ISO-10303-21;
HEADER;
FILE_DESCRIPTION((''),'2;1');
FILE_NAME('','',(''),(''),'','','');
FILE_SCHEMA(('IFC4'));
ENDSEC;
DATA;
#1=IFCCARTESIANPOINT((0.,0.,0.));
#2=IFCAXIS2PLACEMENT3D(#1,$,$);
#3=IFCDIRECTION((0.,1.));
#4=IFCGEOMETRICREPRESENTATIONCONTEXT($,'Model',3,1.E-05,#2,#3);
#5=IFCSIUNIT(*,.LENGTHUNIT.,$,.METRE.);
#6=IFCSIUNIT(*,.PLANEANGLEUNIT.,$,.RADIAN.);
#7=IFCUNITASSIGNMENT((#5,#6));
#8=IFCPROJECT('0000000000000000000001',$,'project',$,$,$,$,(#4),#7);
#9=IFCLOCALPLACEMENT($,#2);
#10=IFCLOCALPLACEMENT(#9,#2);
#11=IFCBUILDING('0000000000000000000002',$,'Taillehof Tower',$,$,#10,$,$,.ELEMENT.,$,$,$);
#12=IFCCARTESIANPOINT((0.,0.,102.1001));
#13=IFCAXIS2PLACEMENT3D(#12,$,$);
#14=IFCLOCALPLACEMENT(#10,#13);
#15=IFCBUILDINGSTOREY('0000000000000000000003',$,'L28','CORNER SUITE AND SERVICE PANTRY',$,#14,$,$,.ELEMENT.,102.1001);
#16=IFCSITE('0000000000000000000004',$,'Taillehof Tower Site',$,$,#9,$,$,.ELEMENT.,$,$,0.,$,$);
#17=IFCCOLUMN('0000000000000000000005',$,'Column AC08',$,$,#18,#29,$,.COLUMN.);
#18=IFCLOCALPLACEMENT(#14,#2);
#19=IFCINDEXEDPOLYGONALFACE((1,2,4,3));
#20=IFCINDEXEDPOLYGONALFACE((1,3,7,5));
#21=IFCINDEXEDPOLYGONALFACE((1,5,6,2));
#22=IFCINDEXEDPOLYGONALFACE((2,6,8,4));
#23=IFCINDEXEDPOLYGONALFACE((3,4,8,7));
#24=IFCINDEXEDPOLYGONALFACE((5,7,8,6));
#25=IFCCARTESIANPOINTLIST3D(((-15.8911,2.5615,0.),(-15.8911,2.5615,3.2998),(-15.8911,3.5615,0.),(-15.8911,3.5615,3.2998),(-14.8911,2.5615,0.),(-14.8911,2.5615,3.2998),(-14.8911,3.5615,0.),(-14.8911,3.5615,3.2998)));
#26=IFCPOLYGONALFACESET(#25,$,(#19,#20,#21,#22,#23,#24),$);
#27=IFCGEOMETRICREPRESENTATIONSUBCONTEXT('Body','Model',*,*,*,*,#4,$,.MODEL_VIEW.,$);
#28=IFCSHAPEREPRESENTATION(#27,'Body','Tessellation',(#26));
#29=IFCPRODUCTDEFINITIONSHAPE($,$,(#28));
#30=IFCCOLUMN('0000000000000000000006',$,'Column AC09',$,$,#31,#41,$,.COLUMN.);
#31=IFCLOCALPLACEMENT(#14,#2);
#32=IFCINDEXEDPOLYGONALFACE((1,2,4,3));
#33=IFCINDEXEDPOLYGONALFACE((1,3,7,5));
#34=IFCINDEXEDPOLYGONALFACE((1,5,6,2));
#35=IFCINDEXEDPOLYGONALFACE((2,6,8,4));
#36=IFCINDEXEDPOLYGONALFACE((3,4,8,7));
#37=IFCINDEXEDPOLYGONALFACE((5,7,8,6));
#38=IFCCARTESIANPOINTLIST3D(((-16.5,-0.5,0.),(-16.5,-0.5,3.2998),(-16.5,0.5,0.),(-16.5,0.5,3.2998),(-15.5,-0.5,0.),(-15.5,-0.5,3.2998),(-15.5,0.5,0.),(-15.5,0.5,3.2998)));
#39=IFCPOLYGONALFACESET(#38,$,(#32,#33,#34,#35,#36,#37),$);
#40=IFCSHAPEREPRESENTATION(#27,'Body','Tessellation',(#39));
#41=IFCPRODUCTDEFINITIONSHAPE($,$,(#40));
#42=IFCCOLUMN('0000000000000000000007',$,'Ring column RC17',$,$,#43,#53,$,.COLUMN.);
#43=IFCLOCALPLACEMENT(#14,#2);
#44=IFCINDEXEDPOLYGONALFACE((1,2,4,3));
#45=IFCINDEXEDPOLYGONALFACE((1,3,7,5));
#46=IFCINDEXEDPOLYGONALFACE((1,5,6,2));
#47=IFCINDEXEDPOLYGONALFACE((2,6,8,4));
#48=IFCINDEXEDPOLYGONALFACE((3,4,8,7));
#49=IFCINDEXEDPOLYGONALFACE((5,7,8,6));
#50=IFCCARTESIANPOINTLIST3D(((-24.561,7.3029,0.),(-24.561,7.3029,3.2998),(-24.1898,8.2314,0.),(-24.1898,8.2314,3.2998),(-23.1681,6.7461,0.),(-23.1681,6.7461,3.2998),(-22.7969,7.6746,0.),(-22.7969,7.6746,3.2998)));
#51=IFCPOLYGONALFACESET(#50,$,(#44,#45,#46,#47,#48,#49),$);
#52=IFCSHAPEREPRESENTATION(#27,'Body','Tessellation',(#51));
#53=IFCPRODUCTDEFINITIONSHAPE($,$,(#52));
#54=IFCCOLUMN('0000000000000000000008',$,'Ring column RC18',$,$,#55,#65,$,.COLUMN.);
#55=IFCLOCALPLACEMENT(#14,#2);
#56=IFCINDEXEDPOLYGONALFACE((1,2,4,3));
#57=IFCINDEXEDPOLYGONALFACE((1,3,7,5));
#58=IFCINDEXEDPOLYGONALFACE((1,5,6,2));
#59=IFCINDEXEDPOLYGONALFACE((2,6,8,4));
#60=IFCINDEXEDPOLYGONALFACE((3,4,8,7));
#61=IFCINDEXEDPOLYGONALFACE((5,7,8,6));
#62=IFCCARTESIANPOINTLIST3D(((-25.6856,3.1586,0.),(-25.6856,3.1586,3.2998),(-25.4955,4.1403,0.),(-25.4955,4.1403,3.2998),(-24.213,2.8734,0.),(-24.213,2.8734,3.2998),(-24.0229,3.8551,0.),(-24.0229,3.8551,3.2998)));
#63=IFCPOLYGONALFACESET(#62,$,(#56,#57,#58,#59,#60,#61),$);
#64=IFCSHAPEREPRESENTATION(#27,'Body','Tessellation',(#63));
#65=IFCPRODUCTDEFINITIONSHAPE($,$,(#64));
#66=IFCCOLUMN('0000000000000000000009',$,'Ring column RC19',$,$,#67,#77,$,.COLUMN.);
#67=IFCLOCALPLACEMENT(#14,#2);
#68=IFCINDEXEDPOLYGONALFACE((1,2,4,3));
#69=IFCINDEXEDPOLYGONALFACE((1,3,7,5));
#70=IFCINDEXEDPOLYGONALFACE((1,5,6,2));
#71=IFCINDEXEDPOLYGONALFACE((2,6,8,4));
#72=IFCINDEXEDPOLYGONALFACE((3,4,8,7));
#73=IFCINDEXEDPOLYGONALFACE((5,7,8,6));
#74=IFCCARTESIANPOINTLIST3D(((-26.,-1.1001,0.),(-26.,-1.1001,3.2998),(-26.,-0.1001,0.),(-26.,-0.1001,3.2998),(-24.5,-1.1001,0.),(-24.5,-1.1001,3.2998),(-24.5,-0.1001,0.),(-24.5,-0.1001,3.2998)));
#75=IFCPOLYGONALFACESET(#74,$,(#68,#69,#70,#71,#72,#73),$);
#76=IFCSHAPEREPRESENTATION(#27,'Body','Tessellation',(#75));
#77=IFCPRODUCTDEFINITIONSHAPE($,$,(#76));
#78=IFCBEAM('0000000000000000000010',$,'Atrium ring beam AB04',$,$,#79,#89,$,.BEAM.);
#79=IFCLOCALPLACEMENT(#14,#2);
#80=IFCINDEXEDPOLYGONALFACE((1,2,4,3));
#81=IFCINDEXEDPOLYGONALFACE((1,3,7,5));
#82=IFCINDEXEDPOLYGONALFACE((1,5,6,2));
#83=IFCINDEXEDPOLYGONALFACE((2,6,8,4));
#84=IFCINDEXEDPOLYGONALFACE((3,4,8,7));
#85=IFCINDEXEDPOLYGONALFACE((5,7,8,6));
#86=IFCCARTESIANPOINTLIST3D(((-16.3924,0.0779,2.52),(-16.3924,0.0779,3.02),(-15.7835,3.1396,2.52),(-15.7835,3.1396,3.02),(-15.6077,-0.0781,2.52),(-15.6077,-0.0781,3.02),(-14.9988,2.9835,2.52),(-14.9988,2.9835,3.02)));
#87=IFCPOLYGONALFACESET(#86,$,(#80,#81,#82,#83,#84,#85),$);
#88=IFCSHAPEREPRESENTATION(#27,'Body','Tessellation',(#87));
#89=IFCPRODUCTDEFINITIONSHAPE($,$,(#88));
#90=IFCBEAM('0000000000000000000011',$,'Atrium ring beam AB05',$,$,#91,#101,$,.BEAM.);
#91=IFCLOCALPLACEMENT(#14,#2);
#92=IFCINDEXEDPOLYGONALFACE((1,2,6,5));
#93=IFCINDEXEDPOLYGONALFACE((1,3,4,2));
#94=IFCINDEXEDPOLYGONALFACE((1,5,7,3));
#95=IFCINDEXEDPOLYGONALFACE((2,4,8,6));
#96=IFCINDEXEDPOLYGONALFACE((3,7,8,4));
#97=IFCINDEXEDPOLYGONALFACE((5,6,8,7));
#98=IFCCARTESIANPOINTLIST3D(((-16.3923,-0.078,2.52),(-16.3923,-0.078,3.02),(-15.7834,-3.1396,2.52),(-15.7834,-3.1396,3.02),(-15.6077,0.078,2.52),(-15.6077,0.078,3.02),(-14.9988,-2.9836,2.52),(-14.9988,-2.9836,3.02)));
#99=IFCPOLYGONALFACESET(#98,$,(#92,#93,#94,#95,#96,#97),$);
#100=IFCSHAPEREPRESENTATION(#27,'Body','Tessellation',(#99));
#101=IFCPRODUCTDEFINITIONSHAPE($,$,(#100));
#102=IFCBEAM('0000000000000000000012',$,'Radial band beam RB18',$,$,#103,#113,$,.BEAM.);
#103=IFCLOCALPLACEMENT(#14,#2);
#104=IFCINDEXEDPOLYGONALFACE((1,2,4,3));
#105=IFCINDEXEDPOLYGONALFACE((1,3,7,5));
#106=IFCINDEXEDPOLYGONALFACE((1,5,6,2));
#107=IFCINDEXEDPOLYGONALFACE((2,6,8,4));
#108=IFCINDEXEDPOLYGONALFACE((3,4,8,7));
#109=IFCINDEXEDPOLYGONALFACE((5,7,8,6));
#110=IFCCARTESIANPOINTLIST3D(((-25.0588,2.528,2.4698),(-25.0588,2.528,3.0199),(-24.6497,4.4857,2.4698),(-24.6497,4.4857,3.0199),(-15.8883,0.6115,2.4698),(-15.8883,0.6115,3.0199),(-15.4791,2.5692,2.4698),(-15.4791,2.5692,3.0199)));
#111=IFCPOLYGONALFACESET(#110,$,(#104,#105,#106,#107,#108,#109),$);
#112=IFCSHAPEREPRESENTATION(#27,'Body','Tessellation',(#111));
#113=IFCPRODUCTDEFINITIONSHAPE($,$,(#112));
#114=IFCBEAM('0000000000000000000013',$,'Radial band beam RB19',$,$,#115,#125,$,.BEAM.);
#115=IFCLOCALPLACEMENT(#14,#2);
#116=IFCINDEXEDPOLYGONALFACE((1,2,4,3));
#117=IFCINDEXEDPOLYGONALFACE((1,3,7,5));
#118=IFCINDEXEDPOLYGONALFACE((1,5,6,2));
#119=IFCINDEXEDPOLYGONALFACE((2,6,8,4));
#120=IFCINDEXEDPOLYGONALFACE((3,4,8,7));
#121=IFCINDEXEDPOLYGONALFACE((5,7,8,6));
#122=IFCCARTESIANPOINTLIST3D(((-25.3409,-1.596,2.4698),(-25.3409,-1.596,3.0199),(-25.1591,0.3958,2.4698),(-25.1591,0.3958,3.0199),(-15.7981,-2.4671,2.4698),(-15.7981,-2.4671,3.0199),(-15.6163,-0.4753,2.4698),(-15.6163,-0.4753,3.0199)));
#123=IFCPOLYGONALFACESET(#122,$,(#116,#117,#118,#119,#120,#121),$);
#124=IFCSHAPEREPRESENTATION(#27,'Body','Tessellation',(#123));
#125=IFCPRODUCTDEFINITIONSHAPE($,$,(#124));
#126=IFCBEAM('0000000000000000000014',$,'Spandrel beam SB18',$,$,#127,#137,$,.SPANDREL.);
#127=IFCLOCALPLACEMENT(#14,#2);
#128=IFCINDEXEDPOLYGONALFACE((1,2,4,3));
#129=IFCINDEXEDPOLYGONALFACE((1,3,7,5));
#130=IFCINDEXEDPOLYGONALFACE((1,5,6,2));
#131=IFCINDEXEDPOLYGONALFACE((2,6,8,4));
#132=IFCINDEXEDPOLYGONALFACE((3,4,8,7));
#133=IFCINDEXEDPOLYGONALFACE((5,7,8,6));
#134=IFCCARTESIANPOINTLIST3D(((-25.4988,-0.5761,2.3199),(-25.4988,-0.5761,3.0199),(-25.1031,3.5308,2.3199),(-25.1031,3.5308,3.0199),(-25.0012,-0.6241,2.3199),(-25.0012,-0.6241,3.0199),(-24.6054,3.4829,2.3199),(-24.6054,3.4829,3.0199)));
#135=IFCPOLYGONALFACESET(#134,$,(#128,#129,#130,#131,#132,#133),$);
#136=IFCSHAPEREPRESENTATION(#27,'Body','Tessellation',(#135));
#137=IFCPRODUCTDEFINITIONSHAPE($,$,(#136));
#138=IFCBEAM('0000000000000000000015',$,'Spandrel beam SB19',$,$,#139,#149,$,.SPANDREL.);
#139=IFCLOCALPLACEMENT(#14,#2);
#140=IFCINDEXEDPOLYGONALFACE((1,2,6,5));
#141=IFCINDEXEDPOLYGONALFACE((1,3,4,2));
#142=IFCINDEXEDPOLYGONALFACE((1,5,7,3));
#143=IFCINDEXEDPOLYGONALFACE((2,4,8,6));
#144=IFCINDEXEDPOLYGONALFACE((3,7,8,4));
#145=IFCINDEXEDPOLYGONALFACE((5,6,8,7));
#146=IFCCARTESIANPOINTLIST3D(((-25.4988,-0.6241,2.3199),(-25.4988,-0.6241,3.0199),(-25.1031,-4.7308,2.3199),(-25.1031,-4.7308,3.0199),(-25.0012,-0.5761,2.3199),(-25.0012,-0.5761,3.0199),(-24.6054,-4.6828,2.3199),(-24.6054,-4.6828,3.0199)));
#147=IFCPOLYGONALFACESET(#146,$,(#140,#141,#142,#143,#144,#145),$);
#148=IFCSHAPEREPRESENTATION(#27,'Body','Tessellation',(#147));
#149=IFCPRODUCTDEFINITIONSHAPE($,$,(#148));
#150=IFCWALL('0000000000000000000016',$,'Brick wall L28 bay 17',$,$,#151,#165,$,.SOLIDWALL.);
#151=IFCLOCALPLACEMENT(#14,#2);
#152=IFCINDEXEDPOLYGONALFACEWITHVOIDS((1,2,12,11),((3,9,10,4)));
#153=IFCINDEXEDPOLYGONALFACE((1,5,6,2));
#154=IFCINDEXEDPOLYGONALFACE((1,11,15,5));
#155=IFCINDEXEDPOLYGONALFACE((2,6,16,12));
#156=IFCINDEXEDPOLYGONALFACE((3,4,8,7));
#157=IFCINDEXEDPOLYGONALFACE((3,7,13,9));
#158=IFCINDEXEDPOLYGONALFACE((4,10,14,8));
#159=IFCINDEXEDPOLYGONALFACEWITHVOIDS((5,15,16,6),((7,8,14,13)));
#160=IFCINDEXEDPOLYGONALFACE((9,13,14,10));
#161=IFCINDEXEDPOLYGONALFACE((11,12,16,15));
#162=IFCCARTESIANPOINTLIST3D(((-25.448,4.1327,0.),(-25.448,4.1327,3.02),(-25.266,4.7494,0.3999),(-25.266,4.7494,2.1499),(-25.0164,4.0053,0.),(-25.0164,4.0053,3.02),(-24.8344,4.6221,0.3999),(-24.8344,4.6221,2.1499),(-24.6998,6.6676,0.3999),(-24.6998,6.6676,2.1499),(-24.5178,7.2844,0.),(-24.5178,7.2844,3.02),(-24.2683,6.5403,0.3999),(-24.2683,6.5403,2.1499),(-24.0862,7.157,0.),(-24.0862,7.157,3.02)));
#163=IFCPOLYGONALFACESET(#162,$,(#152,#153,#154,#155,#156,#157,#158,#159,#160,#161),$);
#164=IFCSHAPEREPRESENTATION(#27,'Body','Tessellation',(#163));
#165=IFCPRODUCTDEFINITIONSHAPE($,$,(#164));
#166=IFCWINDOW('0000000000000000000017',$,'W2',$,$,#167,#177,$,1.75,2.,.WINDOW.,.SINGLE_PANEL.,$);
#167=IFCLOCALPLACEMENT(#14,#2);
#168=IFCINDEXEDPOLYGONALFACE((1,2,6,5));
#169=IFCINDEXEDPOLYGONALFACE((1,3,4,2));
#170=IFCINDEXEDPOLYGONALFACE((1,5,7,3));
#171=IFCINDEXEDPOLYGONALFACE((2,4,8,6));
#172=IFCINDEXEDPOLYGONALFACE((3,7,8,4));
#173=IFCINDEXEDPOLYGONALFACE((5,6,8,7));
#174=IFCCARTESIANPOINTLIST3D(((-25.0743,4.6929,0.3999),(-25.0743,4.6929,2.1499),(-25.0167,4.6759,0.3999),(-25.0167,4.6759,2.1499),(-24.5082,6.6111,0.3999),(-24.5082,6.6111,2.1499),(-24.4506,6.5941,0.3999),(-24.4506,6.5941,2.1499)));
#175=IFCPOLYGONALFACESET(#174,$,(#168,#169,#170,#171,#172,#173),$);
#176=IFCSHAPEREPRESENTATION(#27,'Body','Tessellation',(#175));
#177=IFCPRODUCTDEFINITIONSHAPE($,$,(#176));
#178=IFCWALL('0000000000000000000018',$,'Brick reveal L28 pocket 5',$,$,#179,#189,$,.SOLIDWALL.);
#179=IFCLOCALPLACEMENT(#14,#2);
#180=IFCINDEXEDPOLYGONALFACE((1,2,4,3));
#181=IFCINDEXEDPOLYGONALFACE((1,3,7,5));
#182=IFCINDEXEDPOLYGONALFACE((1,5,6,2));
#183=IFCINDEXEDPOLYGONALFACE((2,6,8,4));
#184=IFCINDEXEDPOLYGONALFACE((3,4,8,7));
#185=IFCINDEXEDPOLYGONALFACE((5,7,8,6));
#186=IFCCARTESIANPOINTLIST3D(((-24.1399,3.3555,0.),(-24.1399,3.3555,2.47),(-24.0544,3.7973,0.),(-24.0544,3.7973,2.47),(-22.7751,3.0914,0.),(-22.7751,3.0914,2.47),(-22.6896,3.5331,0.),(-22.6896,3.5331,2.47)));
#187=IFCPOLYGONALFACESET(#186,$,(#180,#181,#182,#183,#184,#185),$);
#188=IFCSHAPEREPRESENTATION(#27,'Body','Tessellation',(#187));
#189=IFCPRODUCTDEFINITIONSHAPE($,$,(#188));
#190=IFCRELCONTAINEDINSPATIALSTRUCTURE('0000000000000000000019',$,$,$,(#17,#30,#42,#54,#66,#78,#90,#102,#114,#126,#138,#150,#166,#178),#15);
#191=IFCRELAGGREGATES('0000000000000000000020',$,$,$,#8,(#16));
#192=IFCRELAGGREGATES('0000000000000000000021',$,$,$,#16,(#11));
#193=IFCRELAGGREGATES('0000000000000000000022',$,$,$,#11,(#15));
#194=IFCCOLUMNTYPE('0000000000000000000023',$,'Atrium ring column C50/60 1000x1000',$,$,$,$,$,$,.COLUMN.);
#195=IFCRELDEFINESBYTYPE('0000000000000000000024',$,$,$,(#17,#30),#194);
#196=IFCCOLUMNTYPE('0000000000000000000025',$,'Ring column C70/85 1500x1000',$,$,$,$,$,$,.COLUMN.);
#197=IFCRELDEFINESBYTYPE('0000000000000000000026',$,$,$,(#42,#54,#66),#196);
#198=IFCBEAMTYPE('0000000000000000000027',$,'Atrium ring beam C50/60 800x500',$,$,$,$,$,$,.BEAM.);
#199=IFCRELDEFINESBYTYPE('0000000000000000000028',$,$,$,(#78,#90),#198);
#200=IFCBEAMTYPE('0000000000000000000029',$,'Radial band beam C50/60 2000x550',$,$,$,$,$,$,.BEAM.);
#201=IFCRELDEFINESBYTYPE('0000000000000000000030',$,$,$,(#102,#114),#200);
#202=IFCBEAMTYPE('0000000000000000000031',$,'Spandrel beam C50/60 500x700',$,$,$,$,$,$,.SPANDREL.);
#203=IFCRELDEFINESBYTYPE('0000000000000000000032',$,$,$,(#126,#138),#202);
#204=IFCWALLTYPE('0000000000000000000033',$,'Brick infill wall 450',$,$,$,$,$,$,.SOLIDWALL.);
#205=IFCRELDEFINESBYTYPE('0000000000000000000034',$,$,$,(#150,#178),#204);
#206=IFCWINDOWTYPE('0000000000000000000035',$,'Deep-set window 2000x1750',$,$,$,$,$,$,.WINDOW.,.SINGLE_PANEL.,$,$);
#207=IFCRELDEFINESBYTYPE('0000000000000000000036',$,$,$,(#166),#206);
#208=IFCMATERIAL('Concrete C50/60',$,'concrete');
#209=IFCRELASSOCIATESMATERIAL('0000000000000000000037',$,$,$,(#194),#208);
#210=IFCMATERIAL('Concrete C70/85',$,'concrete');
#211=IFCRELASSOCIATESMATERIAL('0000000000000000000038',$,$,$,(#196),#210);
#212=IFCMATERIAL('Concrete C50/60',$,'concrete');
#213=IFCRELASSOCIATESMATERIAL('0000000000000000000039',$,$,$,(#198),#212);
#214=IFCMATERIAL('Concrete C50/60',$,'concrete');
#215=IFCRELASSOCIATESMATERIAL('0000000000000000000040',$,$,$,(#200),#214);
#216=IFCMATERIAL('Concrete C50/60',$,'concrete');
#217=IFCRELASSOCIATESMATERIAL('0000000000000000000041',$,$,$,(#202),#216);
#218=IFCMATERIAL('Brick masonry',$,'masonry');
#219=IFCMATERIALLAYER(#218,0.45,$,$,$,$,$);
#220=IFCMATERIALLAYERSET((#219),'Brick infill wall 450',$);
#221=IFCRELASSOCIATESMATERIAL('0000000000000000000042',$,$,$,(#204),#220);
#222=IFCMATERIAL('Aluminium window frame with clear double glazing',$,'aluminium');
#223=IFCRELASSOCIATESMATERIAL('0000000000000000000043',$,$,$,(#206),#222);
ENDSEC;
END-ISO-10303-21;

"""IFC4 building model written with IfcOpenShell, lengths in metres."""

from ifc_helpers import new_model, si_unit, direction, frame, frame_2d, origin, origin_2d, place, context, subcontext, project, spatial, rectangle, extrude, material, layer, layer_set, material_profile, profile_set, type_object, element, fill, save


model = new_model("IFC4")

# Units and contexts
model_context = context("Model", 3, precision=1e-05, world=origin(), true_north=direction((0.0, 1.0)))
body_context = subcontext(model_context, "Body", "Model", "MODEL_VIEW")
ifc_project = project(units=[si_unit("LENGTHUNIT", "METRE"), si_unit("PLANEANGLEUNIT", "RADIAN")], contexts=[model_context])

# Site, building, storey
site_placement = place(None, origin())
site = spatial("IfcSite", under=ifc_project, at=site_placement, Name="Taillehof Tower Site", CompositionType="ELEMENT", RefElevation=0.0)
building_placement = place(site_placement, origin())
building = spatial("IfcBuilding", under=site, at=building_placement, Name="Taillehof Tower", CompositionType="ELEMENT")
storey_placement = place(building_placement, frame((0.0, 0.0, 102.1001)))
storey = spatial("IfcBuildingStorey", under=building, at=storey_placement, Name="L28", Description="CORNER SUITE AND SERVICE PANTRY", CompositionType="ELEMENT", Elevation=102.1001)

# Columns
ifc_material_1 = material(Name="Concrete C50/60", Category="concrete")
ifc_material_profile_1 = material_profile(ifc_material_1, rectangle(XDim=1.0, YDim=1.0, at=origin_2d()), Name="RC 1000x1000")
ifc_profile_set_1 = profile_set([ifc_material_profile_1], Name="Concrete C50/60")
column_type_1 = type_object("IfcColumnType", Name="Atrium ring column C50/60 1000x1000", PredefinedType="COLUMN", material=ifc_profile_set_1)
for number, where, z_axis, x_axis, name in (
    (1, (-15.3911, 3.0615, 0.0), (0.0, 0.0, 1.0), (1.0, 0.0, 0.0), "Column AC08"),
    (2, (-16.0, 0.0, 0.0), (0.0, 0.0, 1.0), (1.0, 0.0, 0.0), "Column AC09"),
):
    element("IfcColumn", number, at=place(storey_placement, frame(where, z_axis=z_axis, x_axis=x_axis)), inside=storey, type_object=column_type_1, Name=name, PredefinedType="COLUMN", context=body_context, shape_type="SweptSolid", body=[
        extrude(rectangle(XDim=1.0, YDim=1.0, at=origin_2d()), origin(), (0.0, 0.0, 1.0), 3.2998),
    ])
ifc_material_2 = material(Name="Concrete C70/85", Category="concrete")
ifc_material_profile_2 = material_profile(ifc_material_2, rectangle(XDim=1.5, YDim=1.0, at=origin_2d()), Name="RC 1500x1000")
ifc_profile_set_2 = profile_set([ifc_material_profile_2], Name="Concrete C70/85")
column_type_2 = type_object("IfcColumnType", Name="Ring column C70/85 1500x1000", PredefinedType="COLUMN", material=ifc_profile_set_2)
for number, where, z_axis, x_axis, name in (
    (3, (-23.679, 7.4888, 0.0), (0.0, 0.0, 1.0), (-0.92855, 0.371207, 0.0), "Ring column RC17"),
    (4, (-24.8542, 3.5068, 0.0), (0.0, 0.0, 1.0), (-0.981757, 0.190138, 0.0), "Ring column RC18"),
    (5, (-25.25, -0.6001, 0.0), (0.0, 0.0, 1.0), (-1.0, 0.0, 0.0), "Ring column RC19"),
):
    element("IfcColumn", number, at=place(storey_placement, frame(where, z_axis=z_axis, x_axis=x_axis)), inside=storey, type_object=column_type_2, Name=name, PredefinedType="COLUMN", context=body_context, shape_type="SweptSolid", body=[
        extrude(rectangle(XDim=1.5, YDim=1.0, at=origin_2d()), origin(), (0.0, 0.0, 1.0), 3.2998),
    ])

# Beams
ifc_material_3 = material(Name="Concrete C50/60", Category="concrete")
ifc_material_profile_3 = material_profile(ifc_material_3, rectangle(XDim=0.8, YDim=0.5, at=origin_2d()), Name="RC 800x500")
ifc_profile_set_3 = profile_set([ifc_material_profile_3], Name="Concrete C50/60")
beam_type_1 = type_object("IfcBeamType", Name="Atrium ring beam C50/60 800x500", PredefinedType="BEAM", material=ifc_profile_set_3)
for number, where, z_axis, x_axis, name in (
    (6, (-15.3911, 3.0615, 2.77), (-0.195063, -0.980791, 0.0), (0.980791, -0.195063, 0.0), "Atrium ring beam AB04"),
    (7, (-16.0, 0.0, 2.77), (0.195063, -0.980791, 0.0), (0.980791, 0.195063, 0.0), "Atrium ring beam AB05"),
):
    element("IfcBeam", number, at=place(storey_placement, frame(where, z_axis=z_axis, x_axis=x_axis)), inside=storey, type_object=beam_type_1, Name=name, PredefinedType="BEAM", context=body_context, shape_type="SweptSolid", body=[
        extrude(rectangle(XDim=0.8, YDim=0.5, at=origin_2d()), origin(), (0.0, 0.0, 1.0), 3.1216),
    ])
ifc_material_4 = material(Name="Concrete C50/60", Category="concrete")
ifc_material_profile_4 = material_profile(ifc_material_4, rectangle(XDim=2.0, YDim=0.55, at=origin_2d()), Name="RC 2000x550")
ifc_profile_set_4 = profile_set([ifc_material_profile_4], Name="Concrete C50/60")
beam_type_2 = type_object("IfcBeamType", Name="Radial band beam C50/60 2000x550", PredefinedType="BEAM", material=ifc_profile_set_4)
beam_1_placement = place(storey_placement, frame((-24.8542, 3.5068, 2.7449), z_axis=(0.978853, -0.204563, 0.0), x_axis=(0.204563, 0.978853, 0.0)))
element("IfcBeam", 8, at=beam_1_placement, inside=storey, type_object=beam_type_2, Name="Radial band beam RB18", PredefinedType="BEAM", context=body_context, shape_type="SweptSolid", body=[
    extrude(rectangle(XDim=2.0, YDim=0.55, at=origin_2d()), origin(), (0.0, 0.0, 1.0), 9.3687),
])
beam_2_placement = place(storey_placement, frame((-25.25, -0.6001, 2.7449), z_axis=(0.99586, -0.090906, 0.0), x_axis=(0.090906, 0.99586, 0.0)))
element("IfcBeam", 9, at=beam_2_placement, inside=storey, type_object=beam_type_2, Name="Radial band beam RB19", PredefinedType="BEAM", context=body_context, shape_type="SweptSolid", body=[
    extrude(rectangle(XDim=2.0, YDim=0.55, at=origin_2d()), origin(), (0.0, 0.0, 1.0), 9.5825),
])
ifc_material_5 = material(Name="Concrete C50/60", Category="concrete")
ifc_material_profile_5 = material_profile(ifc_material_5, rectangle(XDim=0.5, YDim=0.7, at=origin_2d()), Name="RC 500x700")
ifc_profile_set_5 = profile_set([ifc_material_profile_5], Name="Concrete C50/60")
beam_type_3 = type_object("IfcBeamType", Name="Spandrel beam C50/60 500x700", PredefinedType="SPANDREL", material=ifc_profile_set_5)
beam_3_placement = place(storey_placement, frame((-24.8542, 3.5068, 2.6699), z_axis=(-0.095918, -0.995389, 0.0), x_axis=(0.995389, -0.095918, 0.0)))
element("IfcBeam", 10, at=beam_3_placement, inside=storey, type_object=beam_type_3, Name="Spandrel beam SB18", PredefinedType="SPANDREL", context=body_context, shape_type="SweptSolid", body=[
    extrude(rectangle(XDim=0.5, YDim=0.7, at=origin_2d()), origin(), (0.0, 0.0, 1.0), 4.126),
])
beam_4_placement = place(storey_placement, frame((-25.25, -0.6001, 2.6699), z_axis=(0.095923, -0.995389, 0.0), x_axis=(0.995389, 0.095923, 0.0)))
element("IfcBeam", 11, at=beam_4_placement, inside=storey, type_object=beam_type_3, Name="Spandrel beam SB19", PredefinedType="SPANDREL", context=body_context, shape_type="SweptSolid", body=[
    extrude(rectangle(XDim=0.5, YDim=0.7, at=origin_2d()), origin(), (0.0, 0.0, 1.0), 4.1257),
])

# Wall, opening, window
ifc_material_6 = material(Name="Brick masonry", Category="masonry")
ifc_layer_1 = layer(ifc_material_6, 0.45)
ifc_layer_set_1 = layer_set([ifc_layer_1], Name="Brick infill wall 450")
wall_type_1 = type_object("IfcWallType", Name="Brick infill wall 450", PredefinedType="SOLIDWALL", material=ifc_layer_set_1)
wall_1_placement = place(storey_placement, frame((-24.302, 7.2207, 0.0), z_axis=(0.0, 0.0, 1.0), x_axis=(-0.283071, -0.959099, 0.0)))
wall_1 = element("IfcWall", 12, at=wall_1_placement, inside=storey, type_object=wall_type_1, Name="Brick wall L28 bay 17", PredefinedType="SOLIDWALL", context=body_context, shape_type="SweptSolid", body=[
    extrude(rectangle(XDim=3.2861, YDim=0.45, at=frame_2d((1.6431, 0.0))), origin(), (0.0, 0.0, 1.0), 3.02),
])
opening_1_placement = place(wall_1_placement, frame((0.6431, 0.0, 0.3999)))
opening_1 = element("IfcOpeningElement", 13, at=opening_1_placement, cuts=wall_1, PredefinedType="OPENING", context=body_context, shape_type="SweptSolid", body=[
    extrude(rectangle(XDim=2.0, YDim=1.75, at=frame_2d((1.0, 0.875))), frame((0.0, 0.2349, 0.0), z_axis=(0.0, -1.0, 0.0), x_axis=(1.0, 0.0, 0.0)), (0.0, 0.0, 1.0), 0.47),
])
ifc_material_7 = material(Name="Aluminium window frame with clear double glazing", Category="aluminium")
window_type_1 = type_object("IfcWindowType", Name="Deep-set window 2000x1750", PartitioningType="SINGLE_PANEL", PredefinedType="WINDOW", material=ifc_material_7)
window_1_placement = place(opening_1_placement, origin())
window_1 = element("IfcWindow", 14, at=window_1_placement, inside=storey, type_object=window_type_1, Name="W2", OverallHeight=1.75, OverallWidth=2.0, PartitioningType="SINGLE_PANEL", PredefinedType="WINDOW", context=body_context, shape_type="SweptSolid", body=[
    extrude(rectangle(XDim=2.0, YDim=1.75, at=frame_2d((1.0, 0.875))), frame((0.0, 0.0349, 0.0), z_axis=(0.0, -1.0, 0.0), x_axis=(1.0, 0.0, 0.0)), (0.0, 0.0, 1.0), 0.0601),
])
fill(opening_1, window_1)

# Wall
wall_2_placement = place(storey_placement, frame((-24.0972, 3.5764, 0.0), z_axis=(0.0, 0.0, 1.0), x_axis=(0.981778, -0.190033, 0.0)))
element("IfcWall", 15, at=wall_2_placement, inside=storey, type_object=wall_type_1, Name="Brick reveal L28 pocket 5", PredefinedType="SOLIDWALL", context=body_context, shape_type="SweptSolid", body=[
    extrude(rectangle(XDim=1.3901, YDim=0.45, at=frame_2d((0.6951, 0.0))), origin(), (0.0, 0.0, 1.0), 2.47),
])

save(model, "model.ifc")
